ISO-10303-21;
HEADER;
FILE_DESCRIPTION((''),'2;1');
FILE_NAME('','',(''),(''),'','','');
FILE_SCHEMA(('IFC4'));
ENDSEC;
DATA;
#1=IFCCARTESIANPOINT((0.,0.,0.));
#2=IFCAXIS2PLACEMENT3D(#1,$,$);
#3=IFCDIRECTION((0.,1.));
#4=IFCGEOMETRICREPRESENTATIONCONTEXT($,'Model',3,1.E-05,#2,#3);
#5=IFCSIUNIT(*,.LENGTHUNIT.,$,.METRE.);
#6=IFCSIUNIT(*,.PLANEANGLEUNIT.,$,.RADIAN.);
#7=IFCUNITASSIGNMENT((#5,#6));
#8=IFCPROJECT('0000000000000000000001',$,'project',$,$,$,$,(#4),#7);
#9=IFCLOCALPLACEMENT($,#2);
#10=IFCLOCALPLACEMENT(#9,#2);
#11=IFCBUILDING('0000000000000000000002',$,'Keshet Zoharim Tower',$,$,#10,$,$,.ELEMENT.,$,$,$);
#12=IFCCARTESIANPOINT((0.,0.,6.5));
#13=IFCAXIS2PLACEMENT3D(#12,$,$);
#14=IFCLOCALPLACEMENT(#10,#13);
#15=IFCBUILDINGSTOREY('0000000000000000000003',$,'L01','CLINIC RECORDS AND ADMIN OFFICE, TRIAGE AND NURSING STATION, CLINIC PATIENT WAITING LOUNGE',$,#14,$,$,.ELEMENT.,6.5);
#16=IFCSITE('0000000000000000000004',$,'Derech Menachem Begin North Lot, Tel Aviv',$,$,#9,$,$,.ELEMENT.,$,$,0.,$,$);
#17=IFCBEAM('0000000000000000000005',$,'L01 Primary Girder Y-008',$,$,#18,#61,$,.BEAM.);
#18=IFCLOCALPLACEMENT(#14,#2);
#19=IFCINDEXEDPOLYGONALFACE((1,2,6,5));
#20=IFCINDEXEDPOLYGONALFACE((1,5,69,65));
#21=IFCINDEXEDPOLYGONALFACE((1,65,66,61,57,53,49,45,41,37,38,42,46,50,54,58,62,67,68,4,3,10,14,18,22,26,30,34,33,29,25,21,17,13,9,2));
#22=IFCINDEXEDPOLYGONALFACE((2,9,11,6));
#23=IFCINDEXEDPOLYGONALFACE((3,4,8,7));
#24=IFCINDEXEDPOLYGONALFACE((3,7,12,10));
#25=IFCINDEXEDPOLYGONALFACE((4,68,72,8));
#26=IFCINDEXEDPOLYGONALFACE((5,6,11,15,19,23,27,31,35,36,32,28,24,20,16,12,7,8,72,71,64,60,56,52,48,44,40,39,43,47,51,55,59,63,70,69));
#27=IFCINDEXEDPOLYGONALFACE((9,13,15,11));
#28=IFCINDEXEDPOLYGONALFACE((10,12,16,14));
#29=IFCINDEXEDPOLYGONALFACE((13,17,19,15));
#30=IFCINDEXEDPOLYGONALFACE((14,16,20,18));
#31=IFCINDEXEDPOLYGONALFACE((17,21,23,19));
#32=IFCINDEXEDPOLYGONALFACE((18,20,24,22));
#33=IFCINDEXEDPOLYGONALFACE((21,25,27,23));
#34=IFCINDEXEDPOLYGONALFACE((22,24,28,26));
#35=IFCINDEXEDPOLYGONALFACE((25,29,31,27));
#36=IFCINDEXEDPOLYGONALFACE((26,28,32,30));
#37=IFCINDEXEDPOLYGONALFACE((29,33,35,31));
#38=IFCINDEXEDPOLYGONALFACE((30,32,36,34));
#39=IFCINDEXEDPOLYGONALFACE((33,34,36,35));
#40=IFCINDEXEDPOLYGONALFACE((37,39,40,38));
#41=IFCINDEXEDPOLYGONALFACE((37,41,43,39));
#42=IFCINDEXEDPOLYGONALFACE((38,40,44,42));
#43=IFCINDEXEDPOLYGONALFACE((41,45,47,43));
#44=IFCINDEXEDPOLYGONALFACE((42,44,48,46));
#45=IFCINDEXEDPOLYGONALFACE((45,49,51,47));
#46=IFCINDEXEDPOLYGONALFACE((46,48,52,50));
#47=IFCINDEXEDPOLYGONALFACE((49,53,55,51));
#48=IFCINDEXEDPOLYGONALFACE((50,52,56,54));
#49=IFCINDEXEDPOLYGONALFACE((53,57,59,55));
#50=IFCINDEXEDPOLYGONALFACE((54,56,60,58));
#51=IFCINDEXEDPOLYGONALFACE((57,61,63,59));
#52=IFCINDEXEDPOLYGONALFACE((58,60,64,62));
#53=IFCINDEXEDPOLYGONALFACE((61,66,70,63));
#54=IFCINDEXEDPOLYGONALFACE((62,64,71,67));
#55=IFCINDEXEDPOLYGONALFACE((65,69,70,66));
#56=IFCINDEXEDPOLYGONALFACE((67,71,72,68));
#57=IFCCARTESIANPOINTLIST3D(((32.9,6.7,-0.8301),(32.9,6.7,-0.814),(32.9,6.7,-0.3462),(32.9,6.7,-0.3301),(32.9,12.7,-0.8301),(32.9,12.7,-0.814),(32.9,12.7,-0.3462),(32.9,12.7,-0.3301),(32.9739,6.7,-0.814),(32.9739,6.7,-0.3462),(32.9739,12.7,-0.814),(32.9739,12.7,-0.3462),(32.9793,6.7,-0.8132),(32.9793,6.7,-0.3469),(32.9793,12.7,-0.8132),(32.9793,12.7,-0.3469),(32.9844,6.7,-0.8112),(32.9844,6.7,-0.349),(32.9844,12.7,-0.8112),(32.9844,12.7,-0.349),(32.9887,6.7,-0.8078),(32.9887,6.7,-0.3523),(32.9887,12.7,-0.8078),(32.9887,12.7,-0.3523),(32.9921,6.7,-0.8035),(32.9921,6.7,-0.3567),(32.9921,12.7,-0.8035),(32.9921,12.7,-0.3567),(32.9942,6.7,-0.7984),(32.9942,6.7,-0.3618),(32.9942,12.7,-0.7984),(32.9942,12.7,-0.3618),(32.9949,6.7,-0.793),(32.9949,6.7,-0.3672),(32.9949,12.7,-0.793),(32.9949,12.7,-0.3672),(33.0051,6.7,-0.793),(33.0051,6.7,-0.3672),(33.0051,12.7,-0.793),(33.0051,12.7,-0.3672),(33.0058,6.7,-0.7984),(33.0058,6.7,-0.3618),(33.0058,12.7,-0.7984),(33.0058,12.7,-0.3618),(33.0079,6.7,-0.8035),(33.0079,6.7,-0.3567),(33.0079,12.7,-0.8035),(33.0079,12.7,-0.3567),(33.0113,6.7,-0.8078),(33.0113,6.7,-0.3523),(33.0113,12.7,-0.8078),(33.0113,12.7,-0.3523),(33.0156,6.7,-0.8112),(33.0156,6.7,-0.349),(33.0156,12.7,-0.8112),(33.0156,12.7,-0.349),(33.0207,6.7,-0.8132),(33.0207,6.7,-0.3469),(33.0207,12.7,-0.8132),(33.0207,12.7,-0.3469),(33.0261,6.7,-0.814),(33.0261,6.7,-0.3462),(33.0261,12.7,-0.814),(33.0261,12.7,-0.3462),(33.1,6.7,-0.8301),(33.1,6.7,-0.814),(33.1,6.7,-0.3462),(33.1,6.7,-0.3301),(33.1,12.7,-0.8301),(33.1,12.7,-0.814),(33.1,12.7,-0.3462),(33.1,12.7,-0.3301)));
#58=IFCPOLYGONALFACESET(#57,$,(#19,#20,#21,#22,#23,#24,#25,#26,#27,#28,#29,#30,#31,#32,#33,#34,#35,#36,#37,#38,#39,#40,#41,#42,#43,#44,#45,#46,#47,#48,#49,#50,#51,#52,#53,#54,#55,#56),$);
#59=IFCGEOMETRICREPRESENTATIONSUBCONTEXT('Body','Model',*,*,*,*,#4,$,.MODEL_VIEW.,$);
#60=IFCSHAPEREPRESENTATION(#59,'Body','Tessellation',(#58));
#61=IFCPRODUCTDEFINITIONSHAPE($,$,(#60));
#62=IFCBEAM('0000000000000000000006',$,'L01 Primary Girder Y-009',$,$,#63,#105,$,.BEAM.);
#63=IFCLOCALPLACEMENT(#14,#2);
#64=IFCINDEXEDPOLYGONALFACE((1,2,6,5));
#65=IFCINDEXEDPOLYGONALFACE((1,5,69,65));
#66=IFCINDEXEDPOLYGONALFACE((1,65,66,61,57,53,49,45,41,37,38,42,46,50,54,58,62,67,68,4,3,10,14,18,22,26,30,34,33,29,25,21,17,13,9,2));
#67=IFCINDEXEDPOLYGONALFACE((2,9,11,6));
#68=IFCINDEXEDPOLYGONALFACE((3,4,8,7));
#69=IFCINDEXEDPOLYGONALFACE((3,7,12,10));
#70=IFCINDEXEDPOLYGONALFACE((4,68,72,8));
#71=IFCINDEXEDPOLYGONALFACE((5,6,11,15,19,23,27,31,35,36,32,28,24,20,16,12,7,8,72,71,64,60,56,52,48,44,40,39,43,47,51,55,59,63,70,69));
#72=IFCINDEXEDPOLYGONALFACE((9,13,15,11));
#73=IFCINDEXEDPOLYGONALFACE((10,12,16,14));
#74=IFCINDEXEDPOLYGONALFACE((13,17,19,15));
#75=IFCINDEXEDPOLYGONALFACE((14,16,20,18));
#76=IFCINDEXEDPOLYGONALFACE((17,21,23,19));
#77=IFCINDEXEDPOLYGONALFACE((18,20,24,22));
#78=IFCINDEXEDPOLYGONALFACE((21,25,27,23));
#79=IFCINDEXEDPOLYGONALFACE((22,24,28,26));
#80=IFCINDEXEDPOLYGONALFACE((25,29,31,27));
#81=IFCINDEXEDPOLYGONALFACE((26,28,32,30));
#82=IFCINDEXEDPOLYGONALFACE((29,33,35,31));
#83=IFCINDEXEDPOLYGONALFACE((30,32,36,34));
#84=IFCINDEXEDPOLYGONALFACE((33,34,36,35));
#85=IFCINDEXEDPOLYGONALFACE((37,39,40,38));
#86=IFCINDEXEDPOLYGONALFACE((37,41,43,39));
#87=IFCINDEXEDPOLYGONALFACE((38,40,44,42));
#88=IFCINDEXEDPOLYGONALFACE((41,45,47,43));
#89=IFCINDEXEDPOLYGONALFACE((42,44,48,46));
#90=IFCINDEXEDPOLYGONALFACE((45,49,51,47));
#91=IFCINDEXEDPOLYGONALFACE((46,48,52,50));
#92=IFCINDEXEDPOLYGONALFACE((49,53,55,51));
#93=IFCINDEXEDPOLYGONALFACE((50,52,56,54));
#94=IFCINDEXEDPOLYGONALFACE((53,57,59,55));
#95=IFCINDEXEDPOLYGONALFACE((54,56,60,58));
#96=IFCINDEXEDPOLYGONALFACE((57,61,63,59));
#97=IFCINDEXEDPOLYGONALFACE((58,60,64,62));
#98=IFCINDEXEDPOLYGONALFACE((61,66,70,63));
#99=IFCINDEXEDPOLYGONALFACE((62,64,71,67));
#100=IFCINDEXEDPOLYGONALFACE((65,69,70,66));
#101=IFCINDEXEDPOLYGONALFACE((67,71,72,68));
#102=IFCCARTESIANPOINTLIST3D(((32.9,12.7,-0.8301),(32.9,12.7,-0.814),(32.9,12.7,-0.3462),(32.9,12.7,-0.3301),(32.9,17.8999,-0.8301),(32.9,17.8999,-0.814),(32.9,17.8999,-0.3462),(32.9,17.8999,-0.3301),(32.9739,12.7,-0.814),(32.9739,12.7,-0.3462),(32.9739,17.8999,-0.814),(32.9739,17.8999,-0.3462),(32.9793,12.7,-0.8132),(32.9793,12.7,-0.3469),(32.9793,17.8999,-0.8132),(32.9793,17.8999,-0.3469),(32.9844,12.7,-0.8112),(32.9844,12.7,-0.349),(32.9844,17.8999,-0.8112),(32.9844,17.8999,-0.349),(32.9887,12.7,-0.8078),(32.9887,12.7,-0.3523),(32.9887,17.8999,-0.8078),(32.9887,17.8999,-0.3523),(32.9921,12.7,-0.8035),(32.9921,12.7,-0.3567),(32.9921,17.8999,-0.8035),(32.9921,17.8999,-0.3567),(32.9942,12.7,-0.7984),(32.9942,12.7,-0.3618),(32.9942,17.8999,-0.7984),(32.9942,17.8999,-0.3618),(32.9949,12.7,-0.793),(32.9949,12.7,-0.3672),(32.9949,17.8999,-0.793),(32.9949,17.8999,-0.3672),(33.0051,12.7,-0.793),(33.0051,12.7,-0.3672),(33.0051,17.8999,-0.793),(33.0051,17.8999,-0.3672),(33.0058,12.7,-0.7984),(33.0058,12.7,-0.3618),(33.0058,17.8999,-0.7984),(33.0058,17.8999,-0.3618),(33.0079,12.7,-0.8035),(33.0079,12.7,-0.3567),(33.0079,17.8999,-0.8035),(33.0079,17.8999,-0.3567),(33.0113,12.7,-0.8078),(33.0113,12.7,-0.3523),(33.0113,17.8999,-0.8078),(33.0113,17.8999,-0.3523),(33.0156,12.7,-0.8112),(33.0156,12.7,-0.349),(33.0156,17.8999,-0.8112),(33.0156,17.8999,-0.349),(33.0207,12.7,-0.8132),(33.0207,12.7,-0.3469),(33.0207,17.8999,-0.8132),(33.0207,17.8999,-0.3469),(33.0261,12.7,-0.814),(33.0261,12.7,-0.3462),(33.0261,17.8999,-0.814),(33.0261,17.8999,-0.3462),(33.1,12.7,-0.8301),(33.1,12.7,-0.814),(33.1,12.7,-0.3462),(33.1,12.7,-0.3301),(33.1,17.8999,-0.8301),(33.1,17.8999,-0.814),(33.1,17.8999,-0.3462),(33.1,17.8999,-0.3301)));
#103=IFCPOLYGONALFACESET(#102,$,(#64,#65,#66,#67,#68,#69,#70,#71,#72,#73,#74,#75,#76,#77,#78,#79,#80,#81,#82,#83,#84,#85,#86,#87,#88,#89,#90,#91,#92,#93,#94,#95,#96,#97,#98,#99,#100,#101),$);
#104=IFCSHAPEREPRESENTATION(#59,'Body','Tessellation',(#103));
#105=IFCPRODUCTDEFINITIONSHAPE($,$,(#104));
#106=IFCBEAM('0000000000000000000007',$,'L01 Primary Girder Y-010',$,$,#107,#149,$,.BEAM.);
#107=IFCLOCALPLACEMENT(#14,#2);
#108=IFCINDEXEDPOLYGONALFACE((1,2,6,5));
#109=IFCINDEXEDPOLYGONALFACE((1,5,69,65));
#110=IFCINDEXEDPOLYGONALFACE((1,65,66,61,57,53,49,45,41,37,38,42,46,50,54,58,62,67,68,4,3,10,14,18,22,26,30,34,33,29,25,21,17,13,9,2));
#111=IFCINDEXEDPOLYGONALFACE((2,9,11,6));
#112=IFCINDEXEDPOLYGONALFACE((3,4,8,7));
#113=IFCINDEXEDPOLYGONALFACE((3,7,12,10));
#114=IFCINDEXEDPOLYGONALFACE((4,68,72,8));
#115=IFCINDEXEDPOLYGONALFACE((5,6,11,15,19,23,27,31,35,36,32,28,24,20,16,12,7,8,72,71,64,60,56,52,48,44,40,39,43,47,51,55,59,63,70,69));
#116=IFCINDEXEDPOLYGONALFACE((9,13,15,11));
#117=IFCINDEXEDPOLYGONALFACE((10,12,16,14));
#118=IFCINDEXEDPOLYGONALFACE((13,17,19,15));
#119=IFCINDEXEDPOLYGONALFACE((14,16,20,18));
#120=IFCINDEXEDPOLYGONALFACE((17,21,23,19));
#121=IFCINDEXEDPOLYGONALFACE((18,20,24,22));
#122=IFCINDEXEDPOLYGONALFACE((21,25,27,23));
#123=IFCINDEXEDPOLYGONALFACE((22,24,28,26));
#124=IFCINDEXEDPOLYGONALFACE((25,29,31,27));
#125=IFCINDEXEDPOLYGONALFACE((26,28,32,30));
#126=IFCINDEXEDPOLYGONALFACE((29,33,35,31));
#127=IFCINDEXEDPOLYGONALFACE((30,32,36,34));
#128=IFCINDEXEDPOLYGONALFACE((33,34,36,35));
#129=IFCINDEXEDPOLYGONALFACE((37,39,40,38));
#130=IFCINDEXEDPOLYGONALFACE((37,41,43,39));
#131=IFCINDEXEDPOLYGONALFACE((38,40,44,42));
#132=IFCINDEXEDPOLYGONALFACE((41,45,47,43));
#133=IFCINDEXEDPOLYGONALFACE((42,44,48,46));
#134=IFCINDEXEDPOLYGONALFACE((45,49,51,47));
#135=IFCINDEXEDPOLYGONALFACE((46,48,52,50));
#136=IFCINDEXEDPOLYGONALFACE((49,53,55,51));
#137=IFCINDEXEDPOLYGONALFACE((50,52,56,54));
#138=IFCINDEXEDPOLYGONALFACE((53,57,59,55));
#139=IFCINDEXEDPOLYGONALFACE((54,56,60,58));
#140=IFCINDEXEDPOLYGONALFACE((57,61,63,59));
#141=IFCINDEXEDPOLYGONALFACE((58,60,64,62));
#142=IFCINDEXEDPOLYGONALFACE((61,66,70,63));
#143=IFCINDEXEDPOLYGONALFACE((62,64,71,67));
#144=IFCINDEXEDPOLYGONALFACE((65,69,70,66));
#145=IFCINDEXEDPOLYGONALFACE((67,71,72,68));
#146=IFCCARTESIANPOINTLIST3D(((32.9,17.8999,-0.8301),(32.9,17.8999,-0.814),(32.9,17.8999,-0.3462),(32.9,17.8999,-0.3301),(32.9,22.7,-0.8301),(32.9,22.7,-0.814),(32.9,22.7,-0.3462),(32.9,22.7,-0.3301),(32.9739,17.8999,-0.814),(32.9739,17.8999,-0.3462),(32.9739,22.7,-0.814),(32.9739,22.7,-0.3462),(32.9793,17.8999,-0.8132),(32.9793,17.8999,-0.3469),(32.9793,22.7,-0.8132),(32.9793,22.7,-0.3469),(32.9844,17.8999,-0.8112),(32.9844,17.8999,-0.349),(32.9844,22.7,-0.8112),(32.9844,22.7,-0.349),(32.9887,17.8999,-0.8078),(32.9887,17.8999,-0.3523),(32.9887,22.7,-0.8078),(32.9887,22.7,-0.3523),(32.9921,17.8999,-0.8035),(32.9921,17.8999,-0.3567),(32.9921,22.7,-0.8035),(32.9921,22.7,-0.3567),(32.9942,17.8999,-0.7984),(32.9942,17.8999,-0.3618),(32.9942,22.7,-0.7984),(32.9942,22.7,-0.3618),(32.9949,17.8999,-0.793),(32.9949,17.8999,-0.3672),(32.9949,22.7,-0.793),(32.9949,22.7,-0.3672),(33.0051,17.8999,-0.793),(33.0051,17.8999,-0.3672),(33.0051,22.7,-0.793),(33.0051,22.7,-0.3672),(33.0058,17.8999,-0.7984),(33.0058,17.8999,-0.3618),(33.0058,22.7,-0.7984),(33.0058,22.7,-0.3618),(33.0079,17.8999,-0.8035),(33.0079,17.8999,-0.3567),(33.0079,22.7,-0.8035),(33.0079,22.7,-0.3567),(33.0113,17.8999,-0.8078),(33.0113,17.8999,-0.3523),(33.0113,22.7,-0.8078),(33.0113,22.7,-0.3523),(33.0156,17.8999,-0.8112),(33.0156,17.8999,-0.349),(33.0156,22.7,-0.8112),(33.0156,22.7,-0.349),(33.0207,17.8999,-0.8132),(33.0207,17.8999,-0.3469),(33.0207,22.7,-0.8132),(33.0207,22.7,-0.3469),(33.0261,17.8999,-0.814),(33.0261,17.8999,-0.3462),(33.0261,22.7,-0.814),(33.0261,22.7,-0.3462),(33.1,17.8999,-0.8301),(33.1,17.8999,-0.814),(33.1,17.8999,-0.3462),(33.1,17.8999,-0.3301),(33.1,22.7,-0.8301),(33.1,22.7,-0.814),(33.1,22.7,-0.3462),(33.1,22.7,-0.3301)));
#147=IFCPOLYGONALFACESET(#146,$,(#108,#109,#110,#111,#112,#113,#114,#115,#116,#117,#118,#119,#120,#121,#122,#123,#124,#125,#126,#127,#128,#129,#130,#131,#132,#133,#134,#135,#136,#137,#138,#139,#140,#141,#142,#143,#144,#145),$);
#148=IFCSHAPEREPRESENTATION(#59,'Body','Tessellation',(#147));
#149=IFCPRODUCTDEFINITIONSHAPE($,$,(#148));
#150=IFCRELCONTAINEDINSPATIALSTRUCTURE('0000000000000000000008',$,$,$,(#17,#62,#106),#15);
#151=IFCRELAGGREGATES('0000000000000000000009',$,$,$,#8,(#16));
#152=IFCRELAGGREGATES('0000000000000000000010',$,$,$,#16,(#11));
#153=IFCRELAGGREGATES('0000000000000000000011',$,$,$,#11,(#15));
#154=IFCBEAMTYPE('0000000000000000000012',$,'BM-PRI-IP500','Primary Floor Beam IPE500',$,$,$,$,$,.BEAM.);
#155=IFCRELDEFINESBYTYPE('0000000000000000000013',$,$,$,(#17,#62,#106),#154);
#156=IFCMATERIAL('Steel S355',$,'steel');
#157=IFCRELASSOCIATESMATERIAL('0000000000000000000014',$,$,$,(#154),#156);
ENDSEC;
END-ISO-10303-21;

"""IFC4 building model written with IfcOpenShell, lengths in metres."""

from ifc_helpers import new_model, si_unit, direction, frame, origin, origin_2d, place, context, subcontext, project, spatial, i_section, extrude, material, material_profile, profile_set, type_object, element, save


model = new_model("IFC4")

# Units and contexts
model_context = context("Model", 3, precision=1e-05, world=origin(), true_north=direction((0.0, 1.0)))
body_context = subcontext(model_context, "Body", "Model", "MODEL_VIEW")
ifc_project = project(units=[si_unit("LENGTHUNIT", "METRE"), si_unit("PLANEANGLEUNIT", "RADIAN")], contexts=[model_context])

# Site, building, storey
site_placement = place(None, origin())
site = spatial("IfcSite", under=ifc_project, at=site_placement, Name="Derech Menachem Begin North Lot, Tel Aviv", CompositionType="ELEMENT", RefElevation=0.0)
building_placement = place(site_placement, origin())
building = spatial("IfcBuilding", under=site, at=building_placement, Name="Keshet Zoharim Tower", CompositionType="ELEMENT")
storey_placement = place(building_placement, frame((0.0, 0.0, 6.5)))
storey = spatial("IfcBuildingStorey", under=building, at=storey_placement, Name="L01", Description="CLINIC RECORDS AND ADMIN OFFICE, TRIAGE AND NURSING STATION, CLINIC PATIENT WAITING LOUNGE", CompositionType="ELEMENT", Elevation=6.5)

# Beams
ifc_material_1 = material(Name="Steel S355", Category="steel")
ifc_material_profile_1 = material_profile(ifc_material_1, i_section(OverallWidth=0.2, OverallDepth=0.5, WebThickness=0.0103, FlangeThickness=0.0161, FilletRadius=0.021, at=origin_2d()), Name="IPE500")
ifc_profile_set_1 = profile_set([ifc_material_profile_1], Name="Steel S355")
beam_type_1 = type_object("IfcBeamType", Name="BM-PRI-IP500", Description="Primary Floor Beam IPE500", PredefinedType="BEAM", material=ifc_profile_set_1)
for number, where, z_axis, x_axis, name in (
    (1, (33.0, 6.7, -0.5801), (0.0, 1.0, 0.0), (-1.0, 0.0, 0.0), "L01 Primary Girder Y-008"),
):
    element("IfcBeam", number, at=place(storey_placement, frame(where, z_axis=z_axis, x_axis=x_axis)), inside=storey, type_object=beam_type_1, Name=name, PredefinedType="BEAM", context=body_context, shape_type="SweptSolid", body=[
        extrude(i_section(OverallWidth=0.2, OverallDepth=0.5, WebThickness=0.0103, FlangeThickness=0.0161, FilletRadius=0.021, at=origin_2d()), origin(), (0.0, 0.0, 1.0), 6.0),
    ])
beam_1_placement = place(storey_placement, frame((33.0, 12.7, -0.5801), z_axis=(0.0, 1.0, 0.0), x_axis=(-1.0, 0.0, 0.0)))
element("IfcBeam", 2, at=beam_1_placement, inside=storey, type_object=beam_type_1, Name="L01 Primary Girder Y-009", PredefinedType="BEAM", context=body_context, shape_type="SweptSolid", body=[
    extrude(i_section(OverallWidth=0.2, OverallDepth=0.5, WebThickness=0.0103, FlangeThickness=0.0161, FilletRadius=0.021, at=origin_2d()), origin(), (0.0, 0.0, 1.0), 5.2),
])
beam_2_placement = place(storey_placement, frame((33.0, 17.8999, -0.5801), z_axis=(0.0, 1.0, 0.0), x_axis=(-1.0, 0.0, 0.0)))
element("IfcBeam", 3, at=beam_2_placement, inside=storey, type_object=beam_type_1, Name="L01 Primary Girder Y-010", PredefinedType="BEAM", context=body_context, shape_type="SweptSolid", body=[
    extrude(i_section(OverallWidth=0.2, OverallDepth=0.5, WebThickness=0.0103, FlangeThickness=0.0161, FilletRadius=0.021, at=origin_2d()), origin(), (0.0, 0.0, 1.0), 4.8),
])

save(model, "model.ifc")
